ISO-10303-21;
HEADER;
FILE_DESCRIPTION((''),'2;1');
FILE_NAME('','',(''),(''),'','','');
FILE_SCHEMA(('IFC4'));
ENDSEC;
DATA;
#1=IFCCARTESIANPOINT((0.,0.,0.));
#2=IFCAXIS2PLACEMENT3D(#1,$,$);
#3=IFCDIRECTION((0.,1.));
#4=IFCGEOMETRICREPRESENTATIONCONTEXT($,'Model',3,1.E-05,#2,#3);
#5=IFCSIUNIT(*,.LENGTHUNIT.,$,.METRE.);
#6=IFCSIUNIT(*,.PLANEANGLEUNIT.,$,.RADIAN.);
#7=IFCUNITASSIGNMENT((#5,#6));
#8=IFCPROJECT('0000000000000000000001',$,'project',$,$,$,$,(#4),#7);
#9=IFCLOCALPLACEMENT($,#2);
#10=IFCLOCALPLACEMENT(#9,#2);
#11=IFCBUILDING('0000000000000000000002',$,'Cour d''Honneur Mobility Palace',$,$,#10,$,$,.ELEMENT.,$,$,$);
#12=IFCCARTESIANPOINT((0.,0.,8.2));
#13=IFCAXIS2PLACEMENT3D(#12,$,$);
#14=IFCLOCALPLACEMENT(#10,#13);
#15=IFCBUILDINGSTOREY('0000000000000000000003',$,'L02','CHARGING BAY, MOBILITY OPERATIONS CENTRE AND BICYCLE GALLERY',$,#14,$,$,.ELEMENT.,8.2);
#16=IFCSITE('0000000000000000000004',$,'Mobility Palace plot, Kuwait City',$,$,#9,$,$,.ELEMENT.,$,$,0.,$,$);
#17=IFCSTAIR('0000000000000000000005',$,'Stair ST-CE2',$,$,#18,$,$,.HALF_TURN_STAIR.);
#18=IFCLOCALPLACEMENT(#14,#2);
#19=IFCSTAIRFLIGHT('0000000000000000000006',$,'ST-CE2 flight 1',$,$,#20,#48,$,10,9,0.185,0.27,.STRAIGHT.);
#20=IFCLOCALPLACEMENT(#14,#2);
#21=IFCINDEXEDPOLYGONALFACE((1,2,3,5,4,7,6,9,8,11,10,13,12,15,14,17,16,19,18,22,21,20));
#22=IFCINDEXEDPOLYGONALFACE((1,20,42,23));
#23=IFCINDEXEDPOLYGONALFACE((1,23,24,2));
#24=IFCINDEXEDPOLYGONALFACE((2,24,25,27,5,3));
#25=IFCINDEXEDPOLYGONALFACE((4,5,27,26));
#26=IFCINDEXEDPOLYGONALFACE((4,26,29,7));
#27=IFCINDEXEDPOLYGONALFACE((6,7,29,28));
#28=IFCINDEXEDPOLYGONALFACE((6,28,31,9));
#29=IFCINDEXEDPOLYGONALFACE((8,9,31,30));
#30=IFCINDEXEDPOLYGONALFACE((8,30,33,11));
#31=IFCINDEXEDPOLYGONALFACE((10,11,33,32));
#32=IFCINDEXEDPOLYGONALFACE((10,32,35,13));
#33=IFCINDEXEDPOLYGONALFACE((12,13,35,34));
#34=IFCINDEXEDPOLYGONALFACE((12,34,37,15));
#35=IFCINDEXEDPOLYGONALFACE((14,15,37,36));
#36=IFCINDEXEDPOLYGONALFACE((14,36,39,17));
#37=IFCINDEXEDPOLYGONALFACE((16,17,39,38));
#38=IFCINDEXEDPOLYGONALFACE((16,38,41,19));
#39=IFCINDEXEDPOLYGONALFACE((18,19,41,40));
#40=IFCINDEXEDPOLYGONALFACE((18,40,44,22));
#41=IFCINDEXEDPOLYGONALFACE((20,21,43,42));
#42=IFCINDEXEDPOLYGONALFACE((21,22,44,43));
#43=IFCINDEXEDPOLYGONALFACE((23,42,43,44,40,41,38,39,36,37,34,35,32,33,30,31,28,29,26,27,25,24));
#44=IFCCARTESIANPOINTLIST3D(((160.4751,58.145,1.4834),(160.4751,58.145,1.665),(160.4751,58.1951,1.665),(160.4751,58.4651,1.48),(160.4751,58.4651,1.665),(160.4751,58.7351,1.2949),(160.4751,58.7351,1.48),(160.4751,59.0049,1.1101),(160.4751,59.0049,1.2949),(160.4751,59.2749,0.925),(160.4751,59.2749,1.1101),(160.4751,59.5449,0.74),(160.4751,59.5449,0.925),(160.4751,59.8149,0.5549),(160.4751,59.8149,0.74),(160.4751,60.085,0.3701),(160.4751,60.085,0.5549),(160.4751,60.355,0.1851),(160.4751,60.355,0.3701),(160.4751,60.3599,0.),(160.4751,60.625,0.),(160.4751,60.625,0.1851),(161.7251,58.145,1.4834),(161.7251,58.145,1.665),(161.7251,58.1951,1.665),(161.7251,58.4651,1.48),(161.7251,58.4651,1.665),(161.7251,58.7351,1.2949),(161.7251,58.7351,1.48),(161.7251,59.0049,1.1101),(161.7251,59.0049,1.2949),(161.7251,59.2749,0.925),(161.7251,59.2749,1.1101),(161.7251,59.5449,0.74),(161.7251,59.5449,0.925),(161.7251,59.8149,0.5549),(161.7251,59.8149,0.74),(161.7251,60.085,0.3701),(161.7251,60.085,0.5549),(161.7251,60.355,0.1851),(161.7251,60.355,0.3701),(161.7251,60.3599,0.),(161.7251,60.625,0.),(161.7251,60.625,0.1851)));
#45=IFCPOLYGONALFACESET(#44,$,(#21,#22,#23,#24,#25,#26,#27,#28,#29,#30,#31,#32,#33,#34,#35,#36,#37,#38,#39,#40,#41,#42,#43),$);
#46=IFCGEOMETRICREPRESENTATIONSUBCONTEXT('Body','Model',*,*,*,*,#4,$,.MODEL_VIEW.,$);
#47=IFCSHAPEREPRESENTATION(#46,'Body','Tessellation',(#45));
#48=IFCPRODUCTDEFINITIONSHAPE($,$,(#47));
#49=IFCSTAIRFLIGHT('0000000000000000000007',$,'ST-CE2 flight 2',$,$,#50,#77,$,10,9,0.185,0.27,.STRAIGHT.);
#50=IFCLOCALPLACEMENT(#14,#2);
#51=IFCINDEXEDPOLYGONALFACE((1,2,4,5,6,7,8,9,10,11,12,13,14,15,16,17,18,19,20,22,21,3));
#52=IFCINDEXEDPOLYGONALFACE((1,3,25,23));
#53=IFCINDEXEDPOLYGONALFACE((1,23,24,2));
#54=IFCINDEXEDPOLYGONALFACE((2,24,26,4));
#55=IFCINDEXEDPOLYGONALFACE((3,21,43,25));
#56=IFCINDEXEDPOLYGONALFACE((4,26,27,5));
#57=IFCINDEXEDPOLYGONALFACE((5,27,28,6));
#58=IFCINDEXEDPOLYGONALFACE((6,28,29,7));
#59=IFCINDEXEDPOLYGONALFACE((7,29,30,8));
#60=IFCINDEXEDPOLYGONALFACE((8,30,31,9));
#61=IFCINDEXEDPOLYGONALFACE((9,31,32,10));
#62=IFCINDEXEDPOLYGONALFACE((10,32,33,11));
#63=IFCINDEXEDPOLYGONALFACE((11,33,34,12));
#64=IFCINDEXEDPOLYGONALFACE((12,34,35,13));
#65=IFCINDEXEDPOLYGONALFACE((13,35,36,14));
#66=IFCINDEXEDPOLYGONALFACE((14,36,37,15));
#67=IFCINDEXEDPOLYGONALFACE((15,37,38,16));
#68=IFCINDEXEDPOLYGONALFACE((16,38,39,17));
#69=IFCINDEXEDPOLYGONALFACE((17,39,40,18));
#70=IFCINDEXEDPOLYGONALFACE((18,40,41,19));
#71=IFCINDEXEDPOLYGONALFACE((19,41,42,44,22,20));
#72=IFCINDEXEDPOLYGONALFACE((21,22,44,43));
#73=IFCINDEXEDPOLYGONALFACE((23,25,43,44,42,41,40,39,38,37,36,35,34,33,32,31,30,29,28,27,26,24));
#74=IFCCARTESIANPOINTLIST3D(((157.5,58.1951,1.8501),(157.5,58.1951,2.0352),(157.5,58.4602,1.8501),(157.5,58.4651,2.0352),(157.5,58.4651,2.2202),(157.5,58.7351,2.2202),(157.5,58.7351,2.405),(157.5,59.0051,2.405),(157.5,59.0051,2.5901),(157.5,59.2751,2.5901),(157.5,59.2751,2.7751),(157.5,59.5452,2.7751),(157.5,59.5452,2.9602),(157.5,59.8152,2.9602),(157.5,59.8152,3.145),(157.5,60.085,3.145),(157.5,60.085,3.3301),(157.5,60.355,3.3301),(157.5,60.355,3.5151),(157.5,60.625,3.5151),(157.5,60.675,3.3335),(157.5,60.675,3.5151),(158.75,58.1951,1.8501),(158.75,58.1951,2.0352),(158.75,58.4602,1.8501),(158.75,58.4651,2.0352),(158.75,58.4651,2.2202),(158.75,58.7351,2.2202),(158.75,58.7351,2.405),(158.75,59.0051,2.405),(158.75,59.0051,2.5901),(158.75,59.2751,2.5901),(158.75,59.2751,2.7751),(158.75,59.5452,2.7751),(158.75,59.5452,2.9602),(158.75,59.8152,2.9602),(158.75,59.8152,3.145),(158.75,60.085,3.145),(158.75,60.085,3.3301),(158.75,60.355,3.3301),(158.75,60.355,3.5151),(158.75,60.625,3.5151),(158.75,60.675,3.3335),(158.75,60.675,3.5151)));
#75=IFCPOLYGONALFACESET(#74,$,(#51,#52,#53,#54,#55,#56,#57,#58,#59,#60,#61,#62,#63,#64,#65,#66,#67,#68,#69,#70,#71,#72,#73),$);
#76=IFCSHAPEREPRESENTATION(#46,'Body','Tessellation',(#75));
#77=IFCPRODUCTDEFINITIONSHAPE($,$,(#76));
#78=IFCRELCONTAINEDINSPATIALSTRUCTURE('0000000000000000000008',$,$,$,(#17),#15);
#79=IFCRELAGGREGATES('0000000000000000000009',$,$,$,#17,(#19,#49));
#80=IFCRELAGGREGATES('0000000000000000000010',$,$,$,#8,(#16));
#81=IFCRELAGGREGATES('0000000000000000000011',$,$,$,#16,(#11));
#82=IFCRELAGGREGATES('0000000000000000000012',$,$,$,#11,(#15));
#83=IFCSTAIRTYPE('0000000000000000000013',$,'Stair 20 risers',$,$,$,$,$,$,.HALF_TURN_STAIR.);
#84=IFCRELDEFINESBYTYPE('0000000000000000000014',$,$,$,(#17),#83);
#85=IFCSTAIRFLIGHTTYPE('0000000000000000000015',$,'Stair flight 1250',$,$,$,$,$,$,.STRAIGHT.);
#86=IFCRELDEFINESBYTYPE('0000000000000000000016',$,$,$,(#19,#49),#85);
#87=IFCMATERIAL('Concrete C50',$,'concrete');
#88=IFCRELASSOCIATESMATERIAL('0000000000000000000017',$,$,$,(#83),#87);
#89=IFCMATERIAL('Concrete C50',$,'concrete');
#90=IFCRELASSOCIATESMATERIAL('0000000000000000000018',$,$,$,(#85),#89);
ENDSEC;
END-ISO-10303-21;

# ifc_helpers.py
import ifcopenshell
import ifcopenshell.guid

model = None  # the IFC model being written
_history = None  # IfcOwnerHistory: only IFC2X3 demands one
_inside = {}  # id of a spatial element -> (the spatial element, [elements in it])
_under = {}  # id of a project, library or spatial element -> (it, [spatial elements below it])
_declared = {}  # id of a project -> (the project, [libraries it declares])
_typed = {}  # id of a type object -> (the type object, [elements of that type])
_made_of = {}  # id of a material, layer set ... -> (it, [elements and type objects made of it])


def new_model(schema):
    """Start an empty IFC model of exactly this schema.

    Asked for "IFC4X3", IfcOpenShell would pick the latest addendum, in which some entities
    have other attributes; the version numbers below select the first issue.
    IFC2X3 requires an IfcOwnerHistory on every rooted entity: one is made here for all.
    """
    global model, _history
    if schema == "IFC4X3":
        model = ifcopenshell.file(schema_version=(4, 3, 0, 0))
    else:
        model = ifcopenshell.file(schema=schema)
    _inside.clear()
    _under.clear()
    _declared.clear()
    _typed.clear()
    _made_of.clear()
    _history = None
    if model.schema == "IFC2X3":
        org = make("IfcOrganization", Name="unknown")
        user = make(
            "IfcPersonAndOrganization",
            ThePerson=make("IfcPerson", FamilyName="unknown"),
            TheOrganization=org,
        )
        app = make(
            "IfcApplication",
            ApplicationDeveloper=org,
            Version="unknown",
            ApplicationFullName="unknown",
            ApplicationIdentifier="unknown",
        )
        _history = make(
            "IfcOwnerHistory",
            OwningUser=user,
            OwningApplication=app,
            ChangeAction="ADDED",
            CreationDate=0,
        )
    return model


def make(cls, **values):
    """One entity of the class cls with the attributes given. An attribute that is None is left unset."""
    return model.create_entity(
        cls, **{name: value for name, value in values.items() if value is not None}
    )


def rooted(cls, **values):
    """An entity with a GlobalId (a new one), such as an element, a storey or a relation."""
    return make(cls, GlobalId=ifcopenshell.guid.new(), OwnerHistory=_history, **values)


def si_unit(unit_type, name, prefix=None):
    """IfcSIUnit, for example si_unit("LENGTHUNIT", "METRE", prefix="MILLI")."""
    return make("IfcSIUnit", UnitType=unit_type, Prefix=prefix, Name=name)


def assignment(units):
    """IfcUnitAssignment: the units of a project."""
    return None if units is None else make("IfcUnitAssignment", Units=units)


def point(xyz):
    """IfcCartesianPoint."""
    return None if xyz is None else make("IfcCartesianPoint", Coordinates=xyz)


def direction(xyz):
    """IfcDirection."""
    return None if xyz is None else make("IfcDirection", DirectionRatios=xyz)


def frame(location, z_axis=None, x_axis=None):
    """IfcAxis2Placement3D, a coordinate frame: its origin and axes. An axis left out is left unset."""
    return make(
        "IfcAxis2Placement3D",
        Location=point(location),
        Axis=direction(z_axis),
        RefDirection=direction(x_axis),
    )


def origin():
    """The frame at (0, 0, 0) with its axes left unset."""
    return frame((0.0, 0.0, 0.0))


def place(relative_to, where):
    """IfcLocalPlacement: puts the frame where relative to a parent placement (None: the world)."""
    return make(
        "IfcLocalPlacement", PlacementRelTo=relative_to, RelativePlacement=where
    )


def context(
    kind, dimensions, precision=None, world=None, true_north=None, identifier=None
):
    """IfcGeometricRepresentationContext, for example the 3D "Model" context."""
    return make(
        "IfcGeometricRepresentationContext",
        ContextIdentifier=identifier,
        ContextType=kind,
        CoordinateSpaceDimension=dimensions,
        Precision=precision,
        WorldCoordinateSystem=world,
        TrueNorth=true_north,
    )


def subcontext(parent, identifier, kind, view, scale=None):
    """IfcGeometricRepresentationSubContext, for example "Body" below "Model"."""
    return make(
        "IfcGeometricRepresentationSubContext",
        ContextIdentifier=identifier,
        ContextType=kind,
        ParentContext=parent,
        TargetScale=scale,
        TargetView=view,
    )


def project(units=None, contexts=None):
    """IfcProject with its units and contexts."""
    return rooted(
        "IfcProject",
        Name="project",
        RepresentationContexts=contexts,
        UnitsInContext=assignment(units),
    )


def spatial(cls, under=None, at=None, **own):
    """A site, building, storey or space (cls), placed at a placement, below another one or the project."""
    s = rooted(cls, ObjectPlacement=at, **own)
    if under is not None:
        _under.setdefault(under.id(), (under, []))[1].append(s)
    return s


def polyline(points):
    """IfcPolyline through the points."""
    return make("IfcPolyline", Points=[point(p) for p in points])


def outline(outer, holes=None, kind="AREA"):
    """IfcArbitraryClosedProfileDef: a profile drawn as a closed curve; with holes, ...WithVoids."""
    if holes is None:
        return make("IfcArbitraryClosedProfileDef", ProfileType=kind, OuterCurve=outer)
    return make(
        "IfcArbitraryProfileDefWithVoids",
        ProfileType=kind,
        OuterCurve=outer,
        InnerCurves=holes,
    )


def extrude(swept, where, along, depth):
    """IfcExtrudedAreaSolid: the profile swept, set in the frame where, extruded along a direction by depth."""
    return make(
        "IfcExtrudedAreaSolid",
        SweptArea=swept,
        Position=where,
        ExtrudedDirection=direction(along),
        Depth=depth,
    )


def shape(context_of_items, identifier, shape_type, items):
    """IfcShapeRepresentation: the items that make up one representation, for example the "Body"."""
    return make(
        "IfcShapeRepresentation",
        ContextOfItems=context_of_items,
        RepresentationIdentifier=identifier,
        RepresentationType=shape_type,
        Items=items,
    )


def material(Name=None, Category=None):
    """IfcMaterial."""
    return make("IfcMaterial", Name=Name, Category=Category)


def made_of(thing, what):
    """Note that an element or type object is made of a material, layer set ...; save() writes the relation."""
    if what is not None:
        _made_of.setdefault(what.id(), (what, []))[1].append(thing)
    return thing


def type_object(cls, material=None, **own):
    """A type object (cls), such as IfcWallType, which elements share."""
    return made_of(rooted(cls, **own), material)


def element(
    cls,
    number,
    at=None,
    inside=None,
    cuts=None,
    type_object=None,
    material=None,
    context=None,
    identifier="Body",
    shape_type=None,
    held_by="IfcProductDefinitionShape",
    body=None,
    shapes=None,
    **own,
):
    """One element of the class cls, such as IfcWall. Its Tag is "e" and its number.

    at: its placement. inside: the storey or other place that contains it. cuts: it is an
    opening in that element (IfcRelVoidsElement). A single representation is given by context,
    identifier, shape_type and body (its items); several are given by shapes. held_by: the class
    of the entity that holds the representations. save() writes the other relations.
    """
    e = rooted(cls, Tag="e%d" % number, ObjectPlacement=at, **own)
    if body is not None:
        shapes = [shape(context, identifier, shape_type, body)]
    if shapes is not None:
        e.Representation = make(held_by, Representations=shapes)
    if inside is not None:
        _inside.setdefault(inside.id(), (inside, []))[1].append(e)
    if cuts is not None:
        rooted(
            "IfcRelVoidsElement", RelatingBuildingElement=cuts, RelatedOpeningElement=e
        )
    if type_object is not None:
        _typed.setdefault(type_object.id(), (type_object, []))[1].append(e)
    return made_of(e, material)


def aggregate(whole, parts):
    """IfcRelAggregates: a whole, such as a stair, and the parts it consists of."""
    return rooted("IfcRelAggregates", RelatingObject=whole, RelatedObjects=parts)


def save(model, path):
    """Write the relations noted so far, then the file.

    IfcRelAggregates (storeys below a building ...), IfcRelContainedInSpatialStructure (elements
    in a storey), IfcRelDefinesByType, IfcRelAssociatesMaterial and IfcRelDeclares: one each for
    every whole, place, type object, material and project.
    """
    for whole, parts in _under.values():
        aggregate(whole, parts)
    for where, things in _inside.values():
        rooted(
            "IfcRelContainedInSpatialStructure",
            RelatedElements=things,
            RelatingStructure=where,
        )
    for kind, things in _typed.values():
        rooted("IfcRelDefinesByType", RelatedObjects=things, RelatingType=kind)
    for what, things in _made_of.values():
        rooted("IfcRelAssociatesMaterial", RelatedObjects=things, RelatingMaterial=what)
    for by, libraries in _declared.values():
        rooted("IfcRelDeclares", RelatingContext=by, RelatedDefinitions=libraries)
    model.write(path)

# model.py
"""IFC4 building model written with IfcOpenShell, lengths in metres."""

from ifc_helpers import new_model, si_unit, direction, frame, origin, place, context, subcontext, project, spatial, polyline, outline, extrude, material, type_object, element, aggregate, save


model = new_model("IFC4")

# Units and contexts
model_context = context("Model", 3, precision=1e-05, world=origin(), true_north=direction((0.0, 1.0)))
body_context = subcontext(model_context, "Body", "Model", "MODEL_VIEW")
ifc_project = project(units=[si_unit("LENGTHUNIT", "METRE"), si_unit("PLANEANGLEUNIT", "RADIAN")], contexts=[model_context])

# Site, building, storey
site_placement = place(None, origin())
site = spatial("IfcSite", under=ifc_project, at=site_placement, Name="Mobility Palace plot, Kuwait City", CompositionType="ELEMENT", RefElevation=0.0)
building_placement = place(site_placement, origin())
building = spatial("IfcBuilding", under=site, at=building_placement, Name="Cour d'Honneur Mobility Palace", CompositionType="ELEMENT")
storey_placement = place(building_placement, frame((0.0, 0.0, 8.2)))
storey = spatial("IfcBuildingStorey", under=building, at=storey_placement, Name="L02", Description="CHARGING BAY, MOBILITY OPERATIONS CENTRE AND BICYCLE GALLERY", CompositionType="ELEMENT", Elevation=8.2)

# Stair, stair flights
ifc_material_1 = material(Name="Concrete C50", Category="concrete")
stair_type = type_object("IfcStairType", Name="Stair 20 risers", PredefinedType="HALF_TURN_STAIR", material=ifc_material_1)
stair_placement = place(storey_placement, origin())
stair = element("IfcStair", 1, at=stair_placement, inside=storey, type_object=stair_type, Name="Stair ST-CE2", PredefinedType="HALF_TURN_STAIR")
ifc_material_2 = material(Name="Concrete C50", Category="concrete")
stair_flight_type = type_object("IfcStairFlightType", Name="Stair flight 1250", PredefinedType="STRAIGHT", material=ifc_material_2)
stair_flight_1_placement = place(storey_placement, frame((161.1001, 60.625, 0.0), z_axis=(0.0, 0.0, 1.0), x_axis=(0.0, -1.0, 0.0)))
stair_flight_1 = element("IfcStairFlight", 2, at=stair_flight_1_placement, type_object=stair_flight_type, Name="ST-CE2 flight 1", NumberOfRisers=10, NumberOfTreads=9, PredefinedType="STRAIGHT", RiserHeight=0.185, TreadLength=0.27, context=body_context, shape_type="SweptSolid", body=[
    extrude(outline(polyline([(0.0, 0.0), (0.0, 0.1851), (0.27, 0.1851), (0.27, 0.3701), (0.54, 0.3701), (0.54, 0.5549), (0.8101, 0.5549), (0.8101, 0.74), (1.0801, 0.74), (1.0801, 0.925), (1.3501, 0.925), (1.3501, 1.1101), (1.6201, 1.1101), (1.6201, 1.2949), (1.8899, 1.2949), (1.8899, 1.48), (2.1599, 1.48), (2.1599, 1.665), (2.4299, 1.665), (2.48, 1.665), (2.48, 1.4834), (0.2651, 0.0), (0.0, 0.0)])), frame((0.0, 0.625, 0.0), z_axis=(0.0, -1.0, 0.0), x_axis=(1.0, 0.0, 0.0)), (0.0, 0.0, 1.0), 1.25),
])
stair_flight_2_placement = place(storey_placement, frame((158.125, 58.1951, 1.8501), z_axis=(0.0, 0.0, 1.0), x_axis=(0.0, 1.0, 0.0)))
stair_flight_2 = element("IfcStairFlight", 3, at=stair_flight_2_placement, type_object=stair_flight_type, Name="ST-CE2 flight 2", NumberOfRisers=10, NumberOfTreads=9, PredefinedType="STRAIGHT", RiserHeight=0.185, TreadLength=0.27, context=body_context, shape_type="SweptSolid", body=[
    extrude(outline(polyline([(0.0, 0.0), (0.0, 0.1851), (0.27, 0.1851), (0.27, 0.3701), (0.54, 0.3701), (0.54, 0.5549), (0.8101, 0.5549), (0.8101, 0.74), (1.0801, 0.74), (1.0801, 0.925), (1.3501, 0.925), (1.3501, 1.1101), (1.6201, 1.1101), (1.6201, 1.2949), (1.8899, 1.2949), (1.8899, 1.48), (2.1599, 1.48), (2.1599, 1.665), (2.4299, 1.665), (2.48, 1.665), (2.48, 1.4834), (0.2651, 0.0), (0.0, 0.0)])), frame((0.0, 0.625, 0.0), z_axis=(0.0, -1.0, 0.0), x_axis=(1.0, 0.0, 0.0)), (0.0, 0.0, 1.0), 1.25),
])
aggregate(stair, [stair_flight_1, stair_flight_2])

save(model, "model.ifc")
